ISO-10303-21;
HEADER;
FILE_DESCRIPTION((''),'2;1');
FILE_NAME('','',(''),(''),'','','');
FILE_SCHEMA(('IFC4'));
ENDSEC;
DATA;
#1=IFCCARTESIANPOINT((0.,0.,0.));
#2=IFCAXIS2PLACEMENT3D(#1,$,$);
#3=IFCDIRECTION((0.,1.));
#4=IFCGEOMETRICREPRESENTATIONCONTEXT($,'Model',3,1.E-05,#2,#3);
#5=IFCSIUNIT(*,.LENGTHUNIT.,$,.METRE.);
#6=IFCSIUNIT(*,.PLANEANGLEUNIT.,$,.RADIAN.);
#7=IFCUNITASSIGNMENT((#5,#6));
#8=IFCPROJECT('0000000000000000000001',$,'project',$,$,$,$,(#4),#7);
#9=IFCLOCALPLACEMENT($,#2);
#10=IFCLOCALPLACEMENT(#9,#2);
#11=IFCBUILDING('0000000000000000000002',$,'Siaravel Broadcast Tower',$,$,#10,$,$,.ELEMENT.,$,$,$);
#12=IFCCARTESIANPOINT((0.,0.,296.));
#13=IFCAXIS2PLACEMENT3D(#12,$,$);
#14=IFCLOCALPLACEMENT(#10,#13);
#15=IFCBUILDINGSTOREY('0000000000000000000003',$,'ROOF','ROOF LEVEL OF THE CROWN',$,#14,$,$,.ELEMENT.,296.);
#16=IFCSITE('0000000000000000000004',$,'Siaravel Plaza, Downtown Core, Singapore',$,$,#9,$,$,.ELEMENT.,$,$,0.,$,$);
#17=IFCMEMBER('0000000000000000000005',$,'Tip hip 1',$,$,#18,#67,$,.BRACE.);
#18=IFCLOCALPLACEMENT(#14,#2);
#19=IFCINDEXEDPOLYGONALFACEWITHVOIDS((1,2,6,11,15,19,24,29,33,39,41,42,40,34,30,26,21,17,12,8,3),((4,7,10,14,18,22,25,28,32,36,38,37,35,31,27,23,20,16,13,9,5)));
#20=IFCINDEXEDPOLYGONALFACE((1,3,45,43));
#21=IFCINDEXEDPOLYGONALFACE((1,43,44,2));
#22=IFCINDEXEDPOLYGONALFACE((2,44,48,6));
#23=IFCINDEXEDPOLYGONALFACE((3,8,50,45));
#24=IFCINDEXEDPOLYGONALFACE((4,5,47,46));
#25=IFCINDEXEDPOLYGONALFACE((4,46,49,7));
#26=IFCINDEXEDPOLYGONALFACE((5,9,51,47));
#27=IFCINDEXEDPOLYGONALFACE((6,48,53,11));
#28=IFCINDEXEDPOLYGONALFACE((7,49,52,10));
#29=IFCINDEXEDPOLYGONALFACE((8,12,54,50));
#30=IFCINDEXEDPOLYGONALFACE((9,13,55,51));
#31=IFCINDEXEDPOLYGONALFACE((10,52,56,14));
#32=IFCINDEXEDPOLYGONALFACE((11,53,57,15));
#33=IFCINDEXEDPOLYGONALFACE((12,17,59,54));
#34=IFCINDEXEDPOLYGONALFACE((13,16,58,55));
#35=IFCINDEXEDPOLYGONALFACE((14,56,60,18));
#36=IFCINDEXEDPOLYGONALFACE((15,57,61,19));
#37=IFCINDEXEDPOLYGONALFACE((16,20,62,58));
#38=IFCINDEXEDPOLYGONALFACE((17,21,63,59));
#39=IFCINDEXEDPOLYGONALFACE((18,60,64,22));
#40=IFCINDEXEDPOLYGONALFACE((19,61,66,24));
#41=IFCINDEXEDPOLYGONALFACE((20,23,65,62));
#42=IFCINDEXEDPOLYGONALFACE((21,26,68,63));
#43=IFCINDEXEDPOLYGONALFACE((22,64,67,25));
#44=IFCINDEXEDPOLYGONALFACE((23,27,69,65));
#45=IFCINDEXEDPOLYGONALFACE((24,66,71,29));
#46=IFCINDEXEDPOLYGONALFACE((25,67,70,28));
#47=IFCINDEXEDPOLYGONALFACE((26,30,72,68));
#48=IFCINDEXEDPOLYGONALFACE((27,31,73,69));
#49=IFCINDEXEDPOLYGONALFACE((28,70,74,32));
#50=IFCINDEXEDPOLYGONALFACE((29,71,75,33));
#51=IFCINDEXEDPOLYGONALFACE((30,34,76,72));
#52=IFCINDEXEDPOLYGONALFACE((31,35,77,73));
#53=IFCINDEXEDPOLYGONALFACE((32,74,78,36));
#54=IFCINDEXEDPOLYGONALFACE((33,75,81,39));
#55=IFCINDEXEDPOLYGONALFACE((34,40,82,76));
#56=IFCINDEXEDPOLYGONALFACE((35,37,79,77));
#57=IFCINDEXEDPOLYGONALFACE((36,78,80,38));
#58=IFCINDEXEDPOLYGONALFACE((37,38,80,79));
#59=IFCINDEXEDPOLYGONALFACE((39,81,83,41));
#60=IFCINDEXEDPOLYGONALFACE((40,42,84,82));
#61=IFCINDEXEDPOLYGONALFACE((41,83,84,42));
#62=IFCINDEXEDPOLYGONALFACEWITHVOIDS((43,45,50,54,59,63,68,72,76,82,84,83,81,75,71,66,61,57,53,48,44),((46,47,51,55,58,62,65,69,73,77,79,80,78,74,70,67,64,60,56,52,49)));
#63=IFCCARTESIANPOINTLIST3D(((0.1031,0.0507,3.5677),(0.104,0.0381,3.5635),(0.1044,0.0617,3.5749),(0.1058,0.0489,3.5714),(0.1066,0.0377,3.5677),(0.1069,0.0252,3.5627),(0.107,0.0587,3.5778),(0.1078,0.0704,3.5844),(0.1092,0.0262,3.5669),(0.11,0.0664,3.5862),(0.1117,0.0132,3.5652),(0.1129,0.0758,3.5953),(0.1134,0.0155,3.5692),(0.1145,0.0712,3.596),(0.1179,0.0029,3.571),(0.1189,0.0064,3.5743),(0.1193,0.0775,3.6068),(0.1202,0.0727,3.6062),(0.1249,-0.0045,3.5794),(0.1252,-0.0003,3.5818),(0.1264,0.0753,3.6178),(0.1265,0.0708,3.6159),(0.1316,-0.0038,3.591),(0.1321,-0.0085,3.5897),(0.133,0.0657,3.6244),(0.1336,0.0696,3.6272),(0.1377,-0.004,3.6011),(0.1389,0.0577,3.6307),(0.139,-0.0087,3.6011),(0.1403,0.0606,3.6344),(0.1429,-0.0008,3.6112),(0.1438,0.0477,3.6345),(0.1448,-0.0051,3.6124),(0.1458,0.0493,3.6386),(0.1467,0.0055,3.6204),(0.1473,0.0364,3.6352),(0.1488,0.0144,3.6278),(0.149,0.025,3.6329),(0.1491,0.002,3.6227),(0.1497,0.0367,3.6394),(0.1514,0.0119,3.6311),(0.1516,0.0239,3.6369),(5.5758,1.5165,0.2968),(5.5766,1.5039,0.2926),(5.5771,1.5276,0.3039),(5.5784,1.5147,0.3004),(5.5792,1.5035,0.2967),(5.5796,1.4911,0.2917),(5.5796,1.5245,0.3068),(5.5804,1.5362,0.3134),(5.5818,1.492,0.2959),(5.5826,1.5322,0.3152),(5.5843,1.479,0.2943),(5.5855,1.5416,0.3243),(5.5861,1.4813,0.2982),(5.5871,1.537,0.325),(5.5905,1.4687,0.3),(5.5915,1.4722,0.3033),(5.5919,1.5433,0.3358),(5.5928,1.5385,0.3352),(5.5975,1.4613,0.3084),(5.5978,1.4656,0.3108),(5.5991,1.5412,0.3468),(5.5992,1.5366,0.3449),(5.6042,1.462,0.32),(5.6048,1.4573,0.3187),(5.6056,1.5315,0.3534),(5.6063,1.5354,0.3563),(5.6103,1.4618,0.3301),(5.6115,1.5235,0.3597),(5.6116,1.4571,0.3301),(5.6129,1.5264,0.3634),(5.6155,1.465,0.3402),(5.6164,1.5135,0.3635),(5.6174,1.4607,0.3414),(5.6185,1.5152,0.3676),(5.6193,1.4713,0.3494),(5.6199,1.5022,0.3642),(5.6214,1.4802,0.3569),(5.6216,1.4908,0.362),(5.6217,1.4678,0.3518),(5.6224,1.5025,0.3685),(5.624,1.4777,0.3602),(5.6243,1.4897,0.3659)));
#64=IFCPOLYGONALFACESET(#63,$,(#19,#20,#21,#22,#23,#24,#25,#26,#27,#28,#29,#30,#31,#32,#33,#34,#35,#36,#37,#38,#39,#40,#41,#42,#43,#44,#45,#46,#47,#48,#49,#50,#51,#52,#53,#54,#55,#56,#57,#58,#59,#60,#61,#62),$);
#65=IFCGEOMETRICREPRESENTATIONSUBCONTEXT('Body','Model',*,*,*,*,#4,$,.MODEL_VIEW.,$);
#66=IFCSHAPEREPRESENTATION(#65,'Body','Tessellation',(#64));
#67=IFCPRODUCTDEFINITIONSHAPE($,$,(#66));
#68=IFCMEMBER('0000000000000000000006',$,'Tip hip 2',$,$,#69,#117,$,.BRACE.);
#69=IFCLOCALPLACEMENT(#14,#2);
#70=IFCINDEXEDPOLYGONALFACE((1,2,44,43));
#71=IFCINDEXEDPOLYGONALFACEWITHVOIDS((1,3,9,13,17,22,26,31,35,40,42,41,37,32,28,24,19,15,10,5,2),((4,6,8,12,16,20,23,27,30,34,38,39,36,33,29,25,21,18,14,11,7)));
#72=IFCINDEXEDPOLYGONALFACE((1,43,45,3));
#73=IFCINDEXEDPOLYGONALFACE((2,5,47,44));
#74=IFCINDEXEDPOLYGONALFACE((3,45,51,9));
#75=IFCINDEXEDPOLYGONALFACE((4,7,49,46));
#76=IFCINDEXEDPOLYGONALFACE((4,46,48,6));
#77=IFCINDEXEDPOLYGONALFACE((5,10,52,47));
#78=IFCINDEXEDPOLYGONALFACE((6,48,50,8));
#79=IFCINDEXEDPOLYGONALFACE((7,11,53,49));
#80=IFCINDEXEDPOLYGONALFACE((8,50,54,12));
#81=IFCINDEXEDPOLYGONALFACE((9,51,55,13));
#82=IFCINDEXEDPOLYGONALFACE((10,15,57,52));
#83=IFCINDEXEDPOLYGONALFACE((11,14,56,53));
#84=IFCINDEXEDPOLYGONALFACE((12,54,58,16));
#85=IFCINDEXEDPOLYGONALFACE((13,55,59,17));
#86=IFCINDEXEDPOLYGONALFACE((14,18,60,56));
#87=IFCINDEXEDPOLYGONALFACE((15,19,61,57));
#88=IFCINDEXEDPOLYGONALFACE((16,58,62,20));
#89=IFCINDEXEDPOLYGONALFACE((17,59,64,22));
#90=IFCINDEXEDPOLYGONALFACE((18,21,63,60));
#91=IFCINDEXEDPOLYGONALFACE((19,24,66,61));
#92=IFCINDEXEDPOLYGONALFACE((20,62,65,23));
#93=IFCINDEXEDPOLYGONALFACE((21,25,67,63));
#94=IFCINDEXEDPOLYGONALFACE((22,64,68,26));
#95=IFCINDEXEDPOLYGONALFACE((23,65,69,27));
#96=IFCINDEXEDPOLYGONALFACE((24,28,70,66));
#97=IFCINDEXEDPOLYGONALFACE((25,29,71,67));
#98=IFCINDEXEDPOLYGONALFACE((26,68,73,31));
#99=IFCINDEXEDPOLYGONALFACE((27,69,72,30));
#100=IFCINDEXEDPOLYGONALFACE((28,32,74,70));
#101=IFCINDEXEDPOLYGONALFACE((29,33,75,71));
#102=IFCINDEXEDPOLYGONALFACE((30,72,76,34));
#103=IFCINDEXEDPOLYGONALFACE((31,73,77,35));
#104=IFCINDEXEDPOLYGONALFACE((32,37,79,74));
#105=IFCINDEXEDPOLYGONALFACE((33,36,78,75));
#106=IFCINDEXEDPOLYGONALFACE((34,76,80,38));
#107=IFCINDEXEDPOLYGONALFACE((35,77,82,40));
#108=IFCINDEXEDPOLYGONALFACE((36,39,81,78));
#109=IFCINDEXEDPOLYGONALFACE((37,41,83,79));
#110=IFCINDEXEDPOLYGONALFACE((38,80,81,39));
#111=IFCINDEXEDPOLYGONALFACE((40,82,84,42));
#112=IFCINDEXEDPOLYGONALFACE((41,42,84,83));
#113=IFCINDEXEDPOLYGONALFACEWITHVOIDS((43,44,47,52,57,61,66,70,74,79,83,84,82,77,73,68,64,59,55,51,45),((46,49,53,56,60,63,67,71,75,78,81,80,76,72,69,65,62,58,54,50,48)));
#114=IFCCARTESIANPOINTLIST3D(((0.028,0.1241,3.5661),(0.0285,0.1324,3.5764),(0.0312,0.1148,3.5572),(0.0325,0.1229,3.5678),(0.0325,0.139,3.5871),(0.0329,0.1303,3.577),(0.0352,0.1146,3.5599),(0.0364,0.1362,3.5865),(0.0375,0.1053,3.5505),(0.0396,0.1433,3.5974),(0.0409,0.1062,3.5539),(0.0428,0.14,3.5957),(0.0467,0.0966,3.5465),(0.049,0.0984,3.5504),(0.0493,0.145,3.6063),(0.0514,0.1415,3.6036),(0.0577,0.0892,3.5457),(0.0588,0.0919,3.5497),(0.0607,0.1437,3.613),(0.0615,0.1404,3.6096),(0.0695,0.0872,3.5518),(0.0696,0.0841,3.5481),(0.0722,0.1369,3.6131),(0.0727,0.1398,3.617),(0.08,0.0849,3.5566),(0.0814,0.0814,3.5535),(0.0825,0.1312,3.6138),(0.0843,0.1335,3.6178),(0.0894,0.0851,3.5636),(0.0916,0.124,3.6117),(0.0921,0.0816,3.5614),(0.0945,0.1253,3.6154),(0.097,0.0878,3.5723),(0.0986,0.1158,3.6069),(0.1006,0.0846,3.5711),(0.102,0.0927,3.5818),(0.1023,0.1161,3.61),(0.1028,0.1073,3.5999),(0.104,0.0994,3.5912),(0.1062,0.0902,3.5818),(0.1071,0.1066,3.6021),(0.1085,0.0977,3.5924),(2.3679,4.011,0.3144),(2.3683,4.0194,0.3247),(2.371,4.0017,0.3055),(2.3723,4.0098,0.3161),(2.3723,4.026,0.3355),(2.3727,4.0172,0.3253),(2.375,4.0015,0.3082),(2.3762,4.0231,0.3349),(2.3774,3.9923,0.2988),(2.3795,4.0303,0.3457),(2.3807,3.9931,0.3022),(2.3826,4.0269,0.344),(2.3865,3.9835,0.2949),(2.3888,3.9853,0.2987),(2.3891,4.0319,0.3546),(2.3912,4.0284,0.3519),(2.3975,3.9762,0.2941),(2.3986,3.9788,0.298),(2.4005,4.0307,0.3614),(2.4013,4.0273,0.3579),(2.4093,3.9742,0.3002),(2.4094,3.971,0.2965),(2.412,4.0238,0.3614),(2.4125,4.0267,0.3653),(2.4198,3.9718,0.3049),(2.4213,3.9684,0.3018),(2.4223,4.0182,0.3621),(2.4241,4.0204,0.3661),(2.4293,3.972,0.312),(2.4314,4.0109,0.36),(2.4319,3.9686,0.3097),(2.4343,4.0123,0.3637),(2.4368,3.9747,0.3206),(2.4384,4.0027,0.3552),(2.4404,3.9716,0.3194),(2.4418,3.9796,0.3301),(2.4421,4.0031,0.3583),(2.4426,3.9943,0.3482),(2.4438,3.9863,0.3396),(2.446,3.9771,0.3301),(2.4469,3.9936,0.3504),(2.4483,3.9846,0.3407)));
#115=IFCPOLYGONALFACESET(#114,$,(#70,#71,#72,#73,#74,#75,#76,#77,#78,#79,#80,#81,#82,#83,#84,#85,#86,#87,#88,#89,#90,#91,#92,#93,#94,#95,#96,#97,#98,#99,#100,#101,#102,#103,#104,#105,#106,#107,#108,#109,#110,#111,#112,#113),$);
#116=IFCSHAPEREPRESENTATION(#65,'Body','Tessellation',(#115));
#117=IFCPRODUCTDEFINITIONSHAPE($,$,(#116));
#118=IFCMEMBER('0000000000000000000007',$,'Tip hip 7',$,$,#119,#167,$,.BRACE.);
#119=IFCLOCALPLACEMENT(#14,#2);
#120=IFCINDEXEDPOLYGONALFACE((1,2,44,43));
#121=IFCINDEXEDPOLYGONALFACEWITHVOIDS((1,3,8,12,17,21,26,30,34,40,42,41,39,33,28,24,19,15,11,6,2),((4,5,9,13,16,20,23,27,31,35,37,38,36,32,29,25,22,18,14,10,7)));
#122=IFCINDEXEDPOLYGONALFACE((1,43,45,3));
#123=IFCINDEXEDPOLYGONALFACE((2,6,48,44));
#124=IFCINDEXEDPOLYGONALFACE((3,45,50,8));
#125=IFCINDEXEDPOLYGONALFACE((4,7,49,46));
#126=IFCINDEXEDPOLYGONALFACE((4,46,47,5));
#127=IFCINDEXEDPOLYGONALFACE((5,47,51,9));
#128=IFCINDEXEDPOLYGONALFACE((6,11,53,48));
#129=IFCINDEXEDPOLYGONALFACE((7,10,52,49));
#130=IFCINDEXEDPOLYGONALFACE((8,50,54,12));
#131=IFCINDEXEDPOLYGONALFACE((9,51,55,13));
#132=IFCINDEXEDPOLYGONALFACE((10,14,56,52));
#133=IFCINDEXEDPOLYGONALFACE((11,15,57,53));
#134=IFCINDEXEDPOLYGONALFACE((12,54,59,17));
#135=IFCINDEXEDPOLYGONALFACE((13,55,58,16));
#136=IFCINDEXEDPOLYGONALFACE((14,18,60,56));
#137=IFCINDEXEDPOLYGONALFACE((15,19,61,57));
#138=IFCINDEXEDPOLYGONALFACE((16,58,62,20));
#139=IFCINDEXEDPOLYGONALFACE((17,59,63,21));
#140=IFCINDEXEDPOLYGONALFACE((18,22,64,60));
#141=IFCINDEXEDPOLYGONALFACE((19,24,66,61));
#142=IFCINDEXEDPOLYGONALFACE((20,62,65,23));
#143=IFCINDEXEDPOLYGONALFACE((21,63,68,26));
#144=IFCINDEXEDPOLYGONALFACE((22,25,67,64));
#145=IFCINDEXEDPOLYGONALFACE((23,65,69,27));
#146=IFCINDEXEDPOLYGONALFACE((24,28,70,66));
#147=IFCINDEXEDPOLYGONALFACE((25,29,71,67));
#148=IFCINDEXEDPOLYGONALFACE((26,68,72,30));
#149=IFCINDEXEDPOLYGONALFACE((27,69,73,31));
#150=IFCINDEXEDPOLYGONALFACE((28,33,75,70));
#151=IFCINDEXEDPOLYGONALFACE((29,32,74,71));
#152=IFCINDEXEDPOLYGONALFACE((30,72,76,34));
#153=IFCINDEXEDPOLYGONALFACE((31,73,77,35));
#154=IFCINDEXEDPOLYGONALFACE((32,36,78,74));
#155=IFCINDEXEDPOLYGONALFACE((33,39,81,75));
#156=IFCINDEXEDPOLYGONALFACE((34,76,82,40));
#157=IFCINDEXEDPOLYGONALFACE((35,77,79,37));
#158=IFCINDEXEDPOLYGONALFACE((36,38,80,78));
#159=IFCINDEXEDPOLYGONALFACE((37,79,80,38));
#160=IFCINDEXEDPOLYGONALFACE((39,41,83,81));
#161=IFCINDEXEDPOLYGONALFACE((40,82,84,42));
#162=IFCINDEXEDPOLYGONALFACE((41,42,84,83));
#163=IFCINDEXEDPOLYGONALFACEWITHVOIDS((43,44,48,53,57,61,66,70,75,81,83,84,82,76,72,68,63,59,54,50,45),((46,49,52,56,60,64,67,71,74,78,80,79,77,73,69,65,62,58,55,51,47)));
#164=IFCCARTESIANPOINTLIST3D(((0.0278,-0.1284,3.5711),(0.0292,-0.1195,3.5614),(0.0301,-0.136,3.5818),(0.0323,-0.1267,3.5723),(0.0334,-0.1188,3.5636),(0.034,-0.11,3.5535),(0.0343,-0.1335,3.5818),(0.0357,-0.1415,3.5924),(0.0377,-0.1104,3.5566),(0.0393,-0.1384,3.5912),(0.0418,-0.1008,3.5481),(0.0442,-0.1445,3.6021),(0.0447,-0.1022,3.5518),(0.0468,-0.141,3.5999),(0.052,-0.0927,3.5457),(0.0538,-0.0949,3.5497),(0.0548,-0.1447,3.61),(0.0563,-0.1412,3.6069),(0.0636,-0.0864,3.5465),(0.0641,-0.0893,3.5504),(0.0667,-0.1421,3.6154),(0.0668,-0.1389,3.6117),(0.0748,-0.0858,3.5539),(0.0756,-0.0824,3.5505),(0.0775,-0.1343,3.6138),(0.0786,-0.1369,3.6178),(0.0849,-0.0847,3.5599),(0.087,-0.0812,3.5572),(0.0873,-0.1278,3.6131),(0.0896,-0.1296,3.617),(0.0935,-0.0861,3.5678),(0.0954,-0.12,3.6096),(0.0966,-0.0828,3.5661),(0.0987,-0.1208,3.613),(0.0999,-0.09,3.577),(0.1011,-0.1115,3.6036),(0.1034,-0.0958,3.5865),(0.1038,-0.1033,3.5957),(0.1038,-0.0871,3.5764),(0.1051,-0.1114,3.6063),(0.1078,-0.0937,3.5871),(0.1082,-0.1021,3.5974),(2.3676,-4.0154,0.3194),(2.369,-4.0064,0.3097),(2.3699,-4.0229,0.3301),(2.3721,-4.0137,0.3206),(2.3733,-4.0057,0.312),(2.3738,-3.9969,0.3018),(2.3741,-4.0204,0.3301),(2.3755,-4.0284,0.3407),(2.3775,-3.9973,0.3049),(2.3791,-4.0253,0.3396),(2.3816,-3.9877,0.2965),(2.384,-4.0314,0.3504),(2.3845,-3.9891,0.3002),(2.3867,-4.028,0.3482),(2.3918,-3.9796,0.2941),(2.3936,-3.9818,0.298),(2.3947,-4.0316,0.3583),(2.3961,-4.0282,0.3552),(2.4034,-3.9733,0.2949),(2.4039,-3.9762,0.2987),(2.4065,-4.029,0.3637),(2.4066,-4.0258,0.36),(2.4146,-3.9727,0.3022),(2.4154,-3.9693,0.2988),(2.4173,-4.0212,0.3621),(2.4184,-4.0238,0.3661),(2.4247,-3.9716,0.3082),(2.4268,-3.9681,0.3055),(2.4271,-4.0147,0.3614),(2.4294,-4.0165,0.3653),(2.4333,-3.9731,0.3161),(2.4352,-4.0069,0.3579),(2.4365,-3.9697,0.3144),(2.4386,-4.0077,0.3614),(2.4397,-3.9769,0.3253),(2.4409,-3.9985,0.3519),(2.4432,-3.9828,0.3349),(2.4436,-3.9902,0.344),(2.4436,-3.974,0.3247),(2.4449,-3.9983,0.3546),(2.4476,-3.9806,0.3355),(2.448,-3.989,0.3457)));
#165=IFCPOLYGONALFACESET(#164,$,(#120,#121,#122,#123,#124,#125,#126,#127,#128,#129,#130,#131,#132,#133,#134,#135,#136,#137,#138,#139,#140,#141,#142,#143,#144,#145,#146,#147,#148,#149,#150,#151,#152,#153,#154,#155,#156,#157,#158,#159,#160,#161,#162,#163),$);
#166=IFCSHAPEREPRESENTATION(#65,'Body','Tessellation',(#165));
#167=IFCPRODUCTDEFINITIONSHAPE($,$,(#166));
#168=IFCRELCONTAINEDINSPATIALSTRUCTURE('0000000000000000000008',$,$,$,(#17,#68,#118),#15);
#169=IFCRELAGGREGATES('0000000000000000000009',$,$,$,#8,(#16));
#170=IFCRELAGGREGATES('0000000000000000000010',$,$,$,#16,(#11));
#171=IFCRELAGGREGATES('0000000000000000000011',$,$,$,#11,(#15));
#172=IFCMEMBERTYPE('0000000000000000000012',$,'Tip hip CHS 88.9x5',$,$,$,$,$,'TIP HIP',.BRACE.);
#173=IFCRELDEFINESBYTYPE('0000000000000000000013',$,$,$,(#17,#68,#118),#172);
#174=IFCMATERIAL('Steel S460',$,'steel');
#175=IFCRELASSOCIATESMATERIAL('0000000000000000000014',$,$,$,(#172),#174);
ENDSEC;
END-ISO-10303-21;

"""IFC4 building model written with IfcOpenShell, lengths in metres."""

from ifc_helpers import new_model, si_unit, direction, frame, origin, origin_2d, place, context, subcontext, project, spatial, hollow_circle, extrude, material, material_profile, profile_set, type_object, element, save


model = new_model("IFC4")

# Units and contexts
model_context = context("Model", 3, precision=1e-05, world=origin(), true_north=direction((0.0, 1.0)))
body_context = subcontext(model_context, "Body", "Model", "MODEL_VIEW")
ifc_project = project(units=[si_unit("LENGTHUNIT", "METRE"), si_unit("PLANEANGLEUNIT", "RADIAN")], contexts=[model_context])

# Site, building, storey
site_placement = place(None, origin())
site = spatial("IfcSite", under=ifc_project, at=site_placement, Name="Siaravel Plaza, Downtown Core, Singapore", CompositionType="ELEMENT", RefElevation=0.0)
building_placement = place(site_placement, origin())
building = spatial("IfcBuilding", under=site, at=building_placement, Name="Siaravel Broadcast Tower", CompositionType="ELEMENT")
storey_placement = place(building_placement, frame((0.0, 0.0, 296.0)))
storey = spatial("IfcBuildingStorey", under=building, at=storey_placement, Name="ROOF", Description="ROOF LEVEL OF THE CROWN", CompositionType="ELEMENT", Elevation=296.0)

# Shared definitions
ifc_material_1 = material(Name="Steel S460", Category="steel")

# Members
ifc_material_profile_1 = material_profile(ifc_material_1, hollow_circle(Radius=0.0444, WallThickness=0.0049, at=origin_2d()))
ifc_profile_set_1 = profile_set([ifc_material_profile_1], Name="Steel S460")
member_type = type_object("IfcMemberType", Name="Tip hip CHS 88.9x5", ElementType="TIP HIP", PredefinedType="BRACE", material=ifc_profile_set_1)
member_1_placement = place(storey_placement, frame((5.6001, 1.5, 0.3301), z_axis=(-0.836539, -0.224062, 0.499998), x_axis=(0.258725, -0.965951, 0.0)))
element("IfcMember", 1, at=member_1_placement, inside=storey, type_object=member_type, Name="Tip hip 1", PredefinedType="BRACE", context=body_context, shape_type="SweptSolid", body=[
    extrude(hollow_circle(Radius=0.0444, WallThickness=0.0049, at=origin_2d()), origin(), (0.0, 0.0, 1.0), 6.542),
])
for number, where, z_axis, x_axis, name in (
    (2, (2.408, 4.0, 0.3301), (-0.419188, -0.696358, 0.582551), (0.856747, -0.515738, 0.0), "Tip hip 2"),
    (3, (2.408, -4.0, 0.3301), (-0.419188, 0.696358, 0.582551), (-0.856747, -0.515738, 0.0), "Tip hip 7"),
):
    element("IfcMember", number, at=place(storey_placement, frame(where, z_axis=z_axis, x_axis=x_axis)), inside=storey, type_object=member_type, Name=name, PredefinedType="BRACE", context=body_context, shape_type="SweptSolid", body=[
        extrude(hollow_circle(Radius=0.0444, WallThickness=0.0049, at=origin_2d()), origin(), (0.0, 0.0, 1.0), 5.5818),
    ])

save(model, "model.ifc")
